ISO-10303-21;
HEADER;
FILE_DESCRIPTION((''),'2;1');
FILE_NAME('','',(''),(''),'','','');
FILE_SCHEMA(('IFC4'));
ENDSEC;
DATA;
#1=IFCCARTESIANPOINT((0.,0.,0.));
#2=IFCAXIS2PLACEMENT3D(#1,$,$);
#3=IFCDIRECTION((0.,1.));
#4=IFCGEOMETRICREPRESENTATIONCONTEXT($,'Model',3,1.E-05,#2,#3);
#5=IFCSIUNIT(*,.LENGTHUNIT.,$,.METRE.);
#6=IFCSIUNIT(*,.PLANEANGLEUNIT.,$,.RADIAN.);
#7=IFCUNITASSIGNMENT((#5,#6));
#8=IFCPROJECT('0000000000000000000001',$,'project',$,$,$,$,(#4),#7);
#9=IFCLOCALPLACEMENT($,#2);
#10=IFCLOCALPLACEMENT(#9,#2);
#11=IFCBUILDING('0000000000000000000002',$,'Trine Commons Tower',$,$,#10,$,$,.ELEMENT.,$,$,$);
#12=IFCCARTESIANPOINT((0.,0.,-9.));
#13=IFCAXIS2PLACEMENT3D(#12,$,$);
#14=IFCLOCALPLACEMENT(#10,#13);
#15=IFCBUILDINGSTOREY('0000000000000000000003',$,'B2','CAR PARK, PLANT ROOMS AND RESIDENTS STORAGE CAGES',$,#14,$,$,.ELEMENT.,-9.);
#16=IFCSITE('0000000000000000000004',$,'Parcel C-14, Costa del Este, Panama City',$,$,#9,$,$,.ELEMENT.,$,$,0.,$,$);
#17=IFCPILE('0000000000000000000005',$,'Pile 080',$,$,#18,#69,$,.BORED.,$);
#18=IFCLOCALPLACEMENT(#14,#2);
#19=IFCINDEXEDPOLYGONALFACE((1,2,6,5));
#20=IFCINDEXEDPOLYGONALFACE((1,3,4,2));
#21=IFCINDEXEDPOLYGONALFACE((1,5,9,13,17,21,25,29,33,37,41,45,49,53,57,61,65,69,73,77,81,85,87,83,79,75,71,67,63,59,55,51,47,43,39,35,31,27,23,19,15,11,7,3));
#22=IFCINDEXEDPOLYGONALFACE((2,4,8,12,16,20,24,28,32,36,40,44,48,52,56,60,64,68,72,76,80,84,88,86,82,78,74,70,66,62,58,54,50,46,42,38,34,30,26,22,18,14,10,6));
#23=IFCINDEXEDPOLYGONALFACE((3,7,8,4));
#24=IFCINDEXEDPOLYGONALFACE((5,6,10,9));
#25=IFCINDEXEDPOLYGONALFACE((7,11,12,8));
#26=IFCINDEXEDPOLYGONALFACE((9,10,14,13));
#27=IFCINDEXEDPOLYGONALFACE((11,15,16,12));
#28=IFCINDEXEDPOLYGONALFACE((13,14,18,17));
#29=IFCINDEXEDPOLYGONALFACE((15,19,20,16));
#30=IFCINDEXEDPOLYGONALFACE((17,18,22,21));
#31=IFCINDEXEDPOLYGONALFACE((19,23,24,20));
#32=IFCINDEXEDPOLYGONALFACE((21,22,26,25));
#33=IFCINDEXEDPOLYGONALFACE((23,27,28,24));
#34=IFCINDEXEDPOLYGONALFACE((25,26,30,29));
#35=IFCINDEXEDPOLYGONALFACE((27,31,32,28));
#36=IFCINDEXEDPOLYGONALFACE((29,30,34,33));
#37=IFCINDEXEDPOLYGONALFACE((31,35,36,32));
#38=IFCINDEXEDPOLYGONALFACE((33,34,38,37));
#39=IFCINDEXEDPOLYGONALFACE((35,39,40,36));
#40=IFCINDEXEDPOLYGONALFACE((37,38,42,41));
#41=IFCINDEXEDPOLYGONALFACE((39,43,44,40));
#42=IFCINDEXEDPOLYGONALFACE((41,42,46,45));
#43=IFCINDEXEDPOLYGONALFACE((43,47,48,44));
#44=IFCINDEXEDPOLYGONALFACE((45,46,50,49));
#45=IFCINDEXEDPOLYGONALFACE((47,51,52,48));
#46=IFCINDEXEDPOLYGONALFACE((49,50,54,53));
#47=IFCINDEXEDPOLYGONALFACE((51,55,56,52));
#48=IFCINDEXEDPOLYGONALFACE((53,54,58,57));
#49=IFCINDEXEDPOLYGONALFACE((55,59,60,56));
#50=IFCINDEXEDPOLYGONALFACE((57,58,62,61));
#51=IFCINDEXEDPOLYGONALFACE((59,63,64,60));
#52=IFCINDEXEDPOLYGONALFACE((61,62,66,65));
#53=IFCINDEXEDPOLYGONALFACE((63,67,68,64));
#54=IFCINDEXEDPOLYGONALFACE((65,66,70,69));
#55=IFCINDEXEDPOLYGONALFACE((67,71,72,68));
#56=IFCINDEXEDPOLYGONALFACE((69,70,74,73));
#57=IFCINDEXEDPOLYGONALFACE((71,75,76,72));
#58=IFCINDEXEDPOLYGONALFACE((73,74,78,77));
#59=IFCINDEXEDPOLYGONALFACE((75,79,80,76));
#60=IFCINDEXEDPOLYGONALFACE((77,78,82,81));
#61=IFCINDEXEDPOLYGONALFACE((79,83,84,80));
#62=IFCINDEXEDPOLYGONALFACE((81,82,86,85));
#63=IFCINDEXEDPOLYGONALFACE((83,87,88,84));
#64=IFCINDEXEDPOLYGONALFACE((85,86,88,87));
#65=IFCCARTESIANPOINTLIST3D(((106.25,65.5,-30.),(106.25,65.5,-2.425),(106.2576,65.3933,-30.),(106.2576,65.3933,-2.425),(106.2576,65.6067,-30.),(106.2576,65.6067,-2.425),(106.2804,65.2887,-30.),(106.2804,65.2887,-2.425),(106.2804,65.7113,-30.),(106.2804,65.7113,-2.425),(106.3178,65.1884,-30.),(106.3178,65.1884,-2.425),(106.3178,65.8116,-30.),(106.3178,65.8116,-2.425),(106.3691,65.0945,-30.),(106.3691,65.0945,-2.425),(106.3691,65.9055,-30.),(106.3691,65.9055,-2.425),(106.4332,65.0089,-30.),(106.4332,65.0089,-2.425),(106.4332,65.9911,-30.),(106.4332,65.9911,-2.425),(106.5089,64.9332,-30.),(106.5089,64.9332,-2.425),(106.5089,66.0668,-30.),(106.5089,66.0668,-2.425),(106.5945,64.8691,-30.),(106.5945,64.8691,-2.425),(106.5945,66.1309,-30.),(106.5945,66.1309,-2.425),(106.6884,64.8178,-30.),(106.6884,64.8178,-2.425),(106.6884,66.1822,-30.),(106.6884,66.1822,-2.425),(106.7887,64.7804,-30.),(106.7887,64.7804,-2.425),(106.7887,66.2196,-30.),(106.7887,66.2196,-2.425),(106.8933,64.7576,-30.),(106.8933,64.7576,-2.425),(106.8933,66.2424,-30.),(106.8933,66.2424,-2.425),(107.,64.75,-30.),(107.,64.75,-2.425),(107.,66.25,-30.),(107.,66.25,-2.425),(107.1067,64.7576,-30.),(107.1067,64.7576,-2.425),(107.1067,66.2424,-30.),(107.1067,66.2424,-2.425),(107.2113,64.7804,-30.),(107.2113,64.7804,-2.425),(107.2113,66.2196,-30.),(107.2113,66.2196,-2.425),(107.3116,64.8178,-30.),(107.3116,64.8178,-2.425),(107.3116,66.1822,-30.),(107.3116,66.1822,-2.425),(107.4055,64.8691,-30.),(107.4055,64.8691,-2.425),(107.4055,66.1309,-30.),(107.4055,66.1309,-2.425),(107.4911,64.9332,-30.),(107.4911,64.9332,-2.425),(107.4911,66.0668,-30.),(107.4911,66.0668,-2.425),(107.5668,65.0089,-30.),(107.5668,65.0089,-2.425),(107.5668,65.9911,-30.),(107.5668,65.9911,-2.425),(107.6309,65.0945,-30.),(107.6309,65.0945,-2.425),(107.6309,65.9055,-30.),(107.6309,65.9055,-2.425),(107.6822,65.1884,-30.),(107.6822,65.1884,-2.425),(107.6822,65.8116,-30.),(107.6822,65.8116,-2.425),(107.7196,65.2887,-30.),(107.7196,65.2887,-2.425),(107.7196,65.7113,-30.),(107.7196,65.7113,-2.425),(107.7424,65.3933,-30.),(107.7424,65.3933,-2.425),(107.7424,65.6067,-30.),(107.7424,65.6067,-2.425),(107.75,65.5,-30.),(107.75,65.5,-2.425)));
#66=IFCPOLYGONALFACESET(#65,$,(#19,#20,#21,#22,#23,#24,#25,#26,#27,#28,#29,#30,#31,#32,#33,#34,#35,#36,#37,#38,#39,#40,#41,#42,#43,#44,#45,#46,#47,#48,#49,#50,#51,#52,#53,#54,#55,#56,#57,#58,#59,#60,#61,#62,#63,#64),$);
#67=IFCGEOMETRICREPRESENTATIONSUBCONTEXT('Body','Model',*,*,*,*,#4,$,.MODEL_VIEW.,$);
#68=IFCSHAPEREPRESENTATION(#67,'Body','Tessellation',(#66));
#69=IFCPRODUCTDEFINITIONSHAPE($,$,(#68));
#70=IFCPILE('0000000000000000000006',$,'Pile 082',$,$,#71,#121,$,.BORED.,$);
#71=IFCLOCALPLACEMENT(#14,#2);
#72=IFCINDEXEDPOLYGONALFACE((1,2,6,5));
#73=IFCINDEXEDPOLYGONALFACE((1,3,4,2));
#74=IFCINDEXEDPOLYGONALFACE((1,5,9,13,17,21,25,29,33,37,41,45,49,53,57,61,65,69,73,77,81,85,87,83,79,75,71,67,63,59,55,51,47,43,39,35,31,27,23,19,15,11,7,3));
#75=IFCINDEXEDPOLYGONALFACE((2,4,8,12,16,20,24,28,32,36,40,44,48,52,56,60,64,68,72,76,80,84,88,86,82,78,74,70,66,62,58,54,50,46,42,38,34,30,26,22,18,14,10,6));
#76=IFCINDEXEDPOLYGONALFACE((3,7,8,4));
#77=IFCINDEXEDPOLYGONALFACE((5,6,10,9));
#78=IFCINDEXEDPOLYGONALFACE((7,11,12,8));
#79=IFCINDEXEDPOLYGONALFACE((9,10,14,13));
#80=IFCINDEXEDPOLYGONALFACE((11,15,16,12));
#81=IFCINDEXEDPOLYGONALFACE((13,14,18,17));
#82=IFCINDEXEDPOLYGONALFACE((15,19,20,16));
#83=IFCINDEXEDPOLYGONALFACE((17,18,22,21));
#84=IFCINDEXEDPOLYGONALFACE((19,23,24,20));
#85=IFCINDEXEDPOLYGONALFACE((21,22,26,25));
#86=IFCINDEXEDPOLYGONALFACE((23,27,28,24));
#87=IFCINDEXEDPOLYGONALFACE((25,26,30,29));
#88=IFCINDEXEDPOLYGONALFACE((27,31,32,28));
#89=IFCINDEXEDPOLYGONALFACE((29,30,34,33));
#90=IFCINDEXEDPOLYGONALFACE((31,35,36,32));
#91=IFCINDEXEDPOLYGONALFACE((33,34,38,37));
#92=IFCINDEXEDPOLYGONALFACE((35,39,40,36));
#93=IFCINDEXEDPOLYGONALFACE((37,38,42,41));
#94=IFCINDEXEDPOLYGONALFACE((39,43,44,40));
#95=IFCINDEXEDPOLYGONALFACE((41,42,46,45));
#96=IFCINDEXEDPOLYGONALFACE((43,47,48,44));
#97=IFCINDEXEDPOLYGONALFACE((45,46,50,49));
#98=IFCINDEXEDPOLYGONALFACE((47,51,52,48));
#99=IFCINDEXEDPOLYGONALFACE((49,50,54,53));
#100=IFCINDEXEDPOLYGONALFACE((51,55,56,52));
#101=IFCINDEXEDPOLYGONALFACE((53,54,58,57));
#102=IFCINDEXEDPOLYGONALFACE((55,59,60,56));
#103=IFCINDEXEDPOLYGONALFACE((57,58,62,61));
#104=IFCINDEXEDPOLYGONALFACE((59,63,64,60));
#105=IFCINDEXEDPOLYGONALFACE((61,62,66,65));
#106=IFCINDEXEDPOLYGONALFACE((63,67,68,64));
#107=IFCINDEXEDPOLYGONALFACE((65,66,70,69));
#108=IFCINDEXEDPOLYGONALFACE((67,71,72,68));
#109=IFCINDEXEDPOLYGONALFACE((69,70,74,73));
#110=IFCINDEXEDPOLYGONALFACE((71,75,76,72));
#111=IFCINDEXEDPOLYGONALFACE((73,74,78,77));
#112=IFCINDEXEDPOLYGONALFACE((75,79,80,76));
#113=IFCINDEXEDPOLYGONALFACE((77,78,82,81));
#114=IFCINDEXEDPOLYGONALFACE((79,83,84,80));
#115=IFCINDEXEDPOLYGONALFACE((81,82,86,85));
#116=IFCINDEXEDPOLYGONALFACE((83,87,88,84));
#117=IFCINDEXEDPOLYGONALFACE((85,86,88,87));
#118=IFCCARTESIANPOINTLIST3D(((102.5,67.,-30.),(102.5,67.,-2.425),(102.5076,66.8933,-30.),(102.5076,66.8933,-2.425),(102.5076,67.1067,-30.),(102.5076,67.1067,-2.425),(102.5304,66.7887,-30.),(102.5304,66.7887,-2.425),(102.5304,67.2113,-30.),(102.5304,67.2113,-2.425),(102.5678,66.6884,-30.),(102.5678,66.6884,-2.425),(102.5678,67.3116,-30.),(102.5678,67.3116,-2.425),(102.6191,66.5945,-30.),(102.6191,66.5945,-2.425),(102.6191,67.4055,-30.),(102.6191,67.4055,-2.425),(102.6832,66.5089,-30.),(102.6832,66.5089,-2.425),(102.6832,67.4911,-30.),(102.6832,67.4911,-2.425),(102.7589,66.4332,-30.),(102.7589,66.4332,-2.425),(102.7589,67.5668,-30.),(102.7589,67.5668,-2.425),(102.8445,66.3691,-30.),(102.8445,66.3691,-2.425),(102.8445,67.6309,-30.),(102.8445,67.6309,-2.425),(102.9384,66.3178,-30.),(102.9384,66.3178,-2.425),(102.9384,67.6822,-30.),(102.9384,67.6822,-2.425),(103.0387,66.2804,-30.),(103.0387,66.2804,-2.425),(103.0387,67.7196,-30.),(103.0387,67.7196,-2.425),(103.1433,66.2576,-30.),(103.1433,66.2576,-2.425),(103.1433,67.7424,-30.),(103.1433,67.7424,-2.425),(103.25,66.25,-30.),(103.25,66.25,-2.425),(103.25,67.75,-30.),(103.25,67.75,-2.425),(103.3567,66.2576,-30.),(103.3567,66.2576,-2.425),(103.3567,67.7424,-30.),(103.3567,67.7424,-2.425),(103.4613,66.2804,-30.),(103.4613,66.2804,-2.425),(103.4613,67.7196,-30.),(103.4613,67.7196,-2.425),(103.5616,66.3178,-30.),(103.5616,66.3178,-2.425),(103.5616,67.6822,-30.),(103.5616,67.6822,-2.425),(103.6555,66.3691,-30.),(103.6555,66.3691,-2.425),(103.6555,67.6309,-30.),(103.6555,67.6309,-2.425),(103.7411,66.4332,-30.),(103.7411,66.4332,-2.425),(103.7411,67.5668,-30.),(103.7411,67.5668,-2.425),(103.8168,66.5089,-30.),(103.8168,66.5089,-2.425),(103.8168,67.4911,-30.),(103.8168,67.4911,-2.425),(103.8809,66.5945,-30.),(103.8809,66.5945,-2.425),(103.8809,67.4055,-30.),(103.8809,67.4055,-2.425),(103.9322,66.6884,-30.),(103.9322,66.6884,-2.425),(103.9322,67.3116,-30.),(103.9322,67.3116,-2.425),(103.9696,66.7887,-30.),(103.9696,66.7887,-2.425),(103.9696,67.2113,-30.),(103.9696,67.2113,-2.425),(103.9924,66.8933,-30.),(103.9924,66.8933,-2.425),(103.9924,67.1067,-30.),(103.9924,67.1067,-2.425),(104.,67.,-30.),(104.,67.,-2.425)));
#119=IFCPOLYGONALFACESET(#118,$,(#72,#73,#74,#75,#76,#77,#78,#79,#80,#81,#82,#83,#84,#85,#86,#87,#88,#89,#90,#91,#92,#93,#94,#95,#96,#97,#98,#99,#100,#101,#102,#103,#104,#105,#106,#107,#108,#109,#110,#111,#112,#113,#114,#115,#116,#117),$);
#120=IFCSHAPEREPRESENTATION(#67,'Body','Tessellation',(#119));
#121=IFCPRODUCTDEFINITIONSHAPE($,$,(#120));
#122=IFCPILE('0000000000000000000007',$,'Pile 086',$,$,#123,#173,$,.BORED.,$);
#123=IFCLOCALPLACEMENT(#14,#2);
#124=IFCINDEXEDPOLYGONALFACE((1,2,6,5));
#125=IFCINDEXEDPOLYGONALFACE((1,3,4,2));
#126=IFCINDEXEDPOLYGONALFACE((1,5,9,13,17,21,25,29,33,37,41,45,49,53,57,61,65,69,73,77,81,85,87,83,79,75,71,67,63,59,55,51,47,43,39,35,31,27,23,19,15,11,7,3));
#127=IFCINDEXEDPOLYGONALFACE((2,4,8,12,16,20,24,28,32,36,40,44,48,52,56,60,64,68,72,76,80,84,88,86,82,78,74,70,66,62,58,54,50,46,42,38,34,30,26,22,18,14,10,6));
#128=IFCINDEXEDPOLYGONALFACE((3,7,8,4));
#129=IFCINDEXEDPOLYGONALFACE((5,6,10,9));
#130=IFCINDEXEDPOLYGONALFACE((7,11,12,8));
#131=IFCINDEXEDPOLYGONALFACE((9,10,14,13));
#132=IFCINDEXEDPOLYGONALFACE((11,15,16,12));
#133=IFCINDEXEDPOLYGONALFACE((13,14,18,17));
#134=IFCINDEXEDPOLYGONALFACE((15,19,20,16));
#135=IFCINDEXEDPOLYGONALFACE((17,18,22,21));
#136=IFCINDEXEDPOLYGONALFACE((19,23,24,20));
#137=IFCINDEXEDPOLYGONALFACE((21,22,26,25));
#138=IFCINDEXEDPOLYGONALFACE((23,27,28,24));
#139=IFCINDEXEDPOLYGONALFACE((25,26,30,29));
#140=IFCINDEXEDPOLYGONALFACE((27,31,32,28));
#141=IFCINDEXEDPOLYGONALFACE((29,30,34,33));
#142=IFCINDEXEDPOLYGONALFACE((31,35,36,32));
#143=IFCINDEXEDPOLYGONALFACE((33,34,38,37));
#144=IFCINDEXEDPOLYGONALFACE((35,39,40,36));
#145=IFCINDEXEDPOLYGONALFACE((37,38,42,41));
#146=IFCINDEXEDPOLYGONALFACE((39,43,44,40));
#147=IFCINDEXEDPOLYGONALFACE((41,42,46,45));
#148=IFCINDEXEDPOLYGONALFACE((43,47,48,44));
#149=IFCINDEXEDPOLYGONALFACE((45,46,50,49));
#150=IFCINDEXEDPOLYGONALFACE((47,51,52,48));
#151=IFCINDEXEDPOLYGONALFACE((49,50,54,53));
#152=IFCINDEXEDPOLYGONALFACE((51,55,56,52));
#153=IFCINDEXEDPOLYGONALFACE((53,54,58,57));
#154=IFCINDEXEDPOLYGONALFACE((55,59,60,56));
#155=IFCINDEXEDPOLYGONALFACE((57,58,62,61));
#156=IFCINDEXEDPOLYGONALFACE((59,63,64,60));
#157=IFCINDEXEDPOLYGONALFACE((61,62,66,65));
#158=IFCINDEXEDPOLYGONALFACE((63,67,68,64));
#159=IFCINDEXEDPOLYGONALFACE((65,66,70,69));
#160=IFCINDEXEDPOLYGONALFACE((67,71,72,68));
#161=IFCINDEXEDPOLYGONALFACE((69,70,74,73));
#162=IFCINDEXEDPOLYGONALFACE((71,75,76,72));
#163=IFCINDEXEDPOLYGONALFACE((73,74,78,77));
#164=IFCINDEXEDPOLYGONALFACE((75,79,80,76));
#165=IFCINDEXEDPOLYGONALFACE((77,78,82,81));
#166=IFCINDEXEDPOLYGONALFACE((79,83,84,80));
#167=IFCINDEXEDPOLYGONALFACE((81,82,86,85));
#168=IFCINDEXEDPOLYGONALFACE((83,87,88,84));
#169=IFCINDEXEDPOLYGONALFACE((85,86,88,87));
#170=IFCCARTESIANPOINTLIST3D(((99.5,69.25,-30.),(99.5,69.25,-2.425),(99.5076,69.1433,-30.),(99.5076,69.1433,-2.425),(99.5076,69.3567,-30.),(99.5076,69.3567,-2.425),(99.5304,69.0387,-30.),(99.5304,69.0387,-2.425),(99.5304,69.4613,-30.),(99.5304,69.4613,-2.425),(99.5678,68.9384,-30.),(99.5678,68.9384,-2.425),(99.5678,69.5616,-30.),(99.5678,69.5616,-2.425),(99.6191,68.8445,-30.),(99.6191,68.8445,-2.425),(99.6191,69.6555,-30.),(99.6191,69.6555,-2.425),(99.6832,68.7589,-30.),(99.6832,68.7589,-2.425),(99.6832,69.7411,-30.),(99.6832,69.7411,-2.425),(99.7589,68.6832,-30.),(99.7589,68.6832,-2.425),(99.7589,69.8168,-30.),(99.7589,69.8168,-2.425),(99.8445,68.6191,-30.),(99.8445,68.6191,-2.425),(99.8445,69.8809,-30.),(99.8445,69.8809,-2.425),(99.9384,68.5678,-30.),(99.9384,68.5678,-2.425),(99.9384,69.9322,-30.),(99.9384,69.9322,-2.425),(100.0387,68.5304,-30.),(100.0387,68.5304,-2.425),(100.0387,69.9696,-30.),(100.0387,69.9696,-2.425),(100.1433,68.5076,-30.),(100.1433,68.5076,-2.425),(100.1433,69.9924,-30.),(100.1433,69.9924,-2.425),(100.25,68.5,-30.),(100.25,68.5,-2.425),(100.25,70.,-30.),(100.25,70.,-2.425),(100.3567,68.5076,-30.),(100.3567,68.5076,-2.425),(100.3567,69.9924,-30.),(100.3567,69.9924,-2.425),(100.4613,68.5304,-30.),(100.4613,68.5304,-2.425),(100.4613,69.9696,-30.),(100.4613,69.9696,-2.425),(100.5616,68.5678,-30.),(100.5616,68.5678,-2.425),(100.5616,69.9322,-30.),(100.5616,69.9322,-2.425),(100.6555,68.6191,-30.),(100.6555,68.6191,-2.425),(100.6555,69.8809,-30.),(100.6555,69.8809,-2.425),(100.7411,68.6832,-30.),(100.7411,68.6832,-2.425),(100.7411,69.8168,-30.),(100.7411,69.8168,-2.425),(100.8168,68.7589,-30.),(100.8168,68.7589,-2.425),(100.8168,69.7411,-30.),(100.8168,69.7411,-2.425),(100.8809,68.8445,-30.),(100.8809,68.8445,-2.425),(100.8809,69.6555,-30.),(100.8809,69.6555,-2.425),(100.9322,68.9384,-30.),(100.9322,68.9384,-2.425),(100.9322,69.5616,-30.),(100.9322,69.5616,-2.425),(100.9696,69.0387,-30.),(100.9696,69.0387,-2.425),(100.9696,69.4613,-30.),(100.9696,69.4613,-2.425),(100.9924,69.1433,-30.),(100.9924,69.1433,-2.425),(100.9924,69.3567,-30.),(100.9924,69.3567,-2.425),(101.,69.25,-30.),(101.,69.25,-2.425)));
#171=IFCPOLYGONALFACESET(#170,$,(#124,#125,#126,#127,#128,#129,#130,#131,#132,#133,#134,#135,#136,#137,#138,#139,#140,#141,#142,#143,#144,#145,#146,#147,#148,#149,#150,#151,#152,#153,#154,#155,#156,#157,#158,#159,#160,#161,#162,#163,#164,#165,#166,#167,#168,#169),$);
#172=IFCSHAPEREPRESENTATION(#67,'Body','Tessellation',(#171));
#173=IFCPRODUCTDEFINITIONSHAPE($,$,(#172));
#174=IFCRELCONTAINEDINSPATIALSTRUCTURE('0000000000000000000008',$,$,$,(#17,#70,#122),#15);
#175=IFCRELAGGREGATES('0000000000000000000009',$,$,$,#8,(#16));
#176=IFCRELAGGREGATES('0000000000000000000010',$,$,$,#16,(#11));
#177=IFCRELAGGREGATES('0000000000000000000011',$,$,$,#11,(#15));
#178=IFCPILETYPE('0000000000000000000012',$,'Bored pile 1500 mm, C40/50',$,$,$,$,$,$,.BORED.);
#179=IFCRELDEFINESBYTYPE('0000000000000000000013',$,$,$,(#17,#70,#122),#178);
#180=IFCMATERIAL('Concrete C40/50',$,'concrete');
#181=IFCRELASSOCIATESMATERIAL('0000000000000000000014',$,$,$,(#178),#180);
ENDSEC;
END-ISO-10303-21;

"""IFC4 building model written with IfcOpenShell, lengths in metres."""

from ifc_helpers import new_model, si_unit, direction, frame, origin, origin_2d, place, context, subcontext, project, spatial, circle, extrude, material, type_object, element, save


model = new_model("IFC4")

# Units and contexts
model_context = context("Model", 3, precision=1e-05, world=origin(), true_north=direction((0.0, 1.0)))
body_context = subcontext(model_context, "Body", "Model", "MODEL_VIEW")
ifc_project = project(units=[si_unit("LENGTHUNIT", "METRE"), si_unit("PLANEANGLEUNIT", "RADIAN")], contexts=[model_context])

# Site, building, storey
site_placement = place(None, origin())
site = spatial("IfcSite", under=ifc_project, at=site_placement, Name="Parcel C-14, Costa del Este, Panama City", CompositionType="ELEMENT", RefElevation=0.0)
building_placement = place(site_placement, origin())
building = spatial("IfcBuilding", under=site, at=building_placement, Name="Trine Commons Tower", CompositionType="ELEMENT")
storey_placement = place(building_placement, frame((0.0, 0.0, -9.0)))
storey = spatial("IfcBuildingStorey", under=building, at=storey_placement, Name="B2", Description="CAR PARK, PLANT ROOMS AND RESIDENTS STORAGE CAGES", CompositionType="ELEMENT", Elevation=-9.0)

# Piles
ifc_material_1 = material(Name="Concrete C40/50", Category="concrete")
pile_type_1 = type_object("IfcPileType", Name="Bored pile 1500 mm, C40/50", PredefinedType="BORED", material=ifc_material_1)
for number, where, z_axis, x_axis, name in (
    (1, (107.0, 65.5, -2.425), (0.0, 0.0, -1.0), (1.0, 0.0, 0.0), "Pile 080"),
    (2, (103.25, 67.0, -2.425), (0.0, 0.0, -1.0), (1.0, 0.0, 0.0), "Pile 082"),
    (3, (100.25, 69.25, -2.425), (0.0, 0.0, -1.0), (1.0, 0.0, 0.0), "Pile 086"),
):
    element("IfcPile", number, at=place(storey_placement, frame(where, z_axis=z_axis, x_axis=x_axis)), inside=storey, type_object=pile_type_1, Name=name, PredefinedType="BORED", context=body_context, shape_type="SweptSolid", body=[
        extrude(circle(Radius=0.75, at=origin_2d()), origin(), (0.0, 0.0, 1.0), 27.575),
    ])

save(model, "model.ifc")
